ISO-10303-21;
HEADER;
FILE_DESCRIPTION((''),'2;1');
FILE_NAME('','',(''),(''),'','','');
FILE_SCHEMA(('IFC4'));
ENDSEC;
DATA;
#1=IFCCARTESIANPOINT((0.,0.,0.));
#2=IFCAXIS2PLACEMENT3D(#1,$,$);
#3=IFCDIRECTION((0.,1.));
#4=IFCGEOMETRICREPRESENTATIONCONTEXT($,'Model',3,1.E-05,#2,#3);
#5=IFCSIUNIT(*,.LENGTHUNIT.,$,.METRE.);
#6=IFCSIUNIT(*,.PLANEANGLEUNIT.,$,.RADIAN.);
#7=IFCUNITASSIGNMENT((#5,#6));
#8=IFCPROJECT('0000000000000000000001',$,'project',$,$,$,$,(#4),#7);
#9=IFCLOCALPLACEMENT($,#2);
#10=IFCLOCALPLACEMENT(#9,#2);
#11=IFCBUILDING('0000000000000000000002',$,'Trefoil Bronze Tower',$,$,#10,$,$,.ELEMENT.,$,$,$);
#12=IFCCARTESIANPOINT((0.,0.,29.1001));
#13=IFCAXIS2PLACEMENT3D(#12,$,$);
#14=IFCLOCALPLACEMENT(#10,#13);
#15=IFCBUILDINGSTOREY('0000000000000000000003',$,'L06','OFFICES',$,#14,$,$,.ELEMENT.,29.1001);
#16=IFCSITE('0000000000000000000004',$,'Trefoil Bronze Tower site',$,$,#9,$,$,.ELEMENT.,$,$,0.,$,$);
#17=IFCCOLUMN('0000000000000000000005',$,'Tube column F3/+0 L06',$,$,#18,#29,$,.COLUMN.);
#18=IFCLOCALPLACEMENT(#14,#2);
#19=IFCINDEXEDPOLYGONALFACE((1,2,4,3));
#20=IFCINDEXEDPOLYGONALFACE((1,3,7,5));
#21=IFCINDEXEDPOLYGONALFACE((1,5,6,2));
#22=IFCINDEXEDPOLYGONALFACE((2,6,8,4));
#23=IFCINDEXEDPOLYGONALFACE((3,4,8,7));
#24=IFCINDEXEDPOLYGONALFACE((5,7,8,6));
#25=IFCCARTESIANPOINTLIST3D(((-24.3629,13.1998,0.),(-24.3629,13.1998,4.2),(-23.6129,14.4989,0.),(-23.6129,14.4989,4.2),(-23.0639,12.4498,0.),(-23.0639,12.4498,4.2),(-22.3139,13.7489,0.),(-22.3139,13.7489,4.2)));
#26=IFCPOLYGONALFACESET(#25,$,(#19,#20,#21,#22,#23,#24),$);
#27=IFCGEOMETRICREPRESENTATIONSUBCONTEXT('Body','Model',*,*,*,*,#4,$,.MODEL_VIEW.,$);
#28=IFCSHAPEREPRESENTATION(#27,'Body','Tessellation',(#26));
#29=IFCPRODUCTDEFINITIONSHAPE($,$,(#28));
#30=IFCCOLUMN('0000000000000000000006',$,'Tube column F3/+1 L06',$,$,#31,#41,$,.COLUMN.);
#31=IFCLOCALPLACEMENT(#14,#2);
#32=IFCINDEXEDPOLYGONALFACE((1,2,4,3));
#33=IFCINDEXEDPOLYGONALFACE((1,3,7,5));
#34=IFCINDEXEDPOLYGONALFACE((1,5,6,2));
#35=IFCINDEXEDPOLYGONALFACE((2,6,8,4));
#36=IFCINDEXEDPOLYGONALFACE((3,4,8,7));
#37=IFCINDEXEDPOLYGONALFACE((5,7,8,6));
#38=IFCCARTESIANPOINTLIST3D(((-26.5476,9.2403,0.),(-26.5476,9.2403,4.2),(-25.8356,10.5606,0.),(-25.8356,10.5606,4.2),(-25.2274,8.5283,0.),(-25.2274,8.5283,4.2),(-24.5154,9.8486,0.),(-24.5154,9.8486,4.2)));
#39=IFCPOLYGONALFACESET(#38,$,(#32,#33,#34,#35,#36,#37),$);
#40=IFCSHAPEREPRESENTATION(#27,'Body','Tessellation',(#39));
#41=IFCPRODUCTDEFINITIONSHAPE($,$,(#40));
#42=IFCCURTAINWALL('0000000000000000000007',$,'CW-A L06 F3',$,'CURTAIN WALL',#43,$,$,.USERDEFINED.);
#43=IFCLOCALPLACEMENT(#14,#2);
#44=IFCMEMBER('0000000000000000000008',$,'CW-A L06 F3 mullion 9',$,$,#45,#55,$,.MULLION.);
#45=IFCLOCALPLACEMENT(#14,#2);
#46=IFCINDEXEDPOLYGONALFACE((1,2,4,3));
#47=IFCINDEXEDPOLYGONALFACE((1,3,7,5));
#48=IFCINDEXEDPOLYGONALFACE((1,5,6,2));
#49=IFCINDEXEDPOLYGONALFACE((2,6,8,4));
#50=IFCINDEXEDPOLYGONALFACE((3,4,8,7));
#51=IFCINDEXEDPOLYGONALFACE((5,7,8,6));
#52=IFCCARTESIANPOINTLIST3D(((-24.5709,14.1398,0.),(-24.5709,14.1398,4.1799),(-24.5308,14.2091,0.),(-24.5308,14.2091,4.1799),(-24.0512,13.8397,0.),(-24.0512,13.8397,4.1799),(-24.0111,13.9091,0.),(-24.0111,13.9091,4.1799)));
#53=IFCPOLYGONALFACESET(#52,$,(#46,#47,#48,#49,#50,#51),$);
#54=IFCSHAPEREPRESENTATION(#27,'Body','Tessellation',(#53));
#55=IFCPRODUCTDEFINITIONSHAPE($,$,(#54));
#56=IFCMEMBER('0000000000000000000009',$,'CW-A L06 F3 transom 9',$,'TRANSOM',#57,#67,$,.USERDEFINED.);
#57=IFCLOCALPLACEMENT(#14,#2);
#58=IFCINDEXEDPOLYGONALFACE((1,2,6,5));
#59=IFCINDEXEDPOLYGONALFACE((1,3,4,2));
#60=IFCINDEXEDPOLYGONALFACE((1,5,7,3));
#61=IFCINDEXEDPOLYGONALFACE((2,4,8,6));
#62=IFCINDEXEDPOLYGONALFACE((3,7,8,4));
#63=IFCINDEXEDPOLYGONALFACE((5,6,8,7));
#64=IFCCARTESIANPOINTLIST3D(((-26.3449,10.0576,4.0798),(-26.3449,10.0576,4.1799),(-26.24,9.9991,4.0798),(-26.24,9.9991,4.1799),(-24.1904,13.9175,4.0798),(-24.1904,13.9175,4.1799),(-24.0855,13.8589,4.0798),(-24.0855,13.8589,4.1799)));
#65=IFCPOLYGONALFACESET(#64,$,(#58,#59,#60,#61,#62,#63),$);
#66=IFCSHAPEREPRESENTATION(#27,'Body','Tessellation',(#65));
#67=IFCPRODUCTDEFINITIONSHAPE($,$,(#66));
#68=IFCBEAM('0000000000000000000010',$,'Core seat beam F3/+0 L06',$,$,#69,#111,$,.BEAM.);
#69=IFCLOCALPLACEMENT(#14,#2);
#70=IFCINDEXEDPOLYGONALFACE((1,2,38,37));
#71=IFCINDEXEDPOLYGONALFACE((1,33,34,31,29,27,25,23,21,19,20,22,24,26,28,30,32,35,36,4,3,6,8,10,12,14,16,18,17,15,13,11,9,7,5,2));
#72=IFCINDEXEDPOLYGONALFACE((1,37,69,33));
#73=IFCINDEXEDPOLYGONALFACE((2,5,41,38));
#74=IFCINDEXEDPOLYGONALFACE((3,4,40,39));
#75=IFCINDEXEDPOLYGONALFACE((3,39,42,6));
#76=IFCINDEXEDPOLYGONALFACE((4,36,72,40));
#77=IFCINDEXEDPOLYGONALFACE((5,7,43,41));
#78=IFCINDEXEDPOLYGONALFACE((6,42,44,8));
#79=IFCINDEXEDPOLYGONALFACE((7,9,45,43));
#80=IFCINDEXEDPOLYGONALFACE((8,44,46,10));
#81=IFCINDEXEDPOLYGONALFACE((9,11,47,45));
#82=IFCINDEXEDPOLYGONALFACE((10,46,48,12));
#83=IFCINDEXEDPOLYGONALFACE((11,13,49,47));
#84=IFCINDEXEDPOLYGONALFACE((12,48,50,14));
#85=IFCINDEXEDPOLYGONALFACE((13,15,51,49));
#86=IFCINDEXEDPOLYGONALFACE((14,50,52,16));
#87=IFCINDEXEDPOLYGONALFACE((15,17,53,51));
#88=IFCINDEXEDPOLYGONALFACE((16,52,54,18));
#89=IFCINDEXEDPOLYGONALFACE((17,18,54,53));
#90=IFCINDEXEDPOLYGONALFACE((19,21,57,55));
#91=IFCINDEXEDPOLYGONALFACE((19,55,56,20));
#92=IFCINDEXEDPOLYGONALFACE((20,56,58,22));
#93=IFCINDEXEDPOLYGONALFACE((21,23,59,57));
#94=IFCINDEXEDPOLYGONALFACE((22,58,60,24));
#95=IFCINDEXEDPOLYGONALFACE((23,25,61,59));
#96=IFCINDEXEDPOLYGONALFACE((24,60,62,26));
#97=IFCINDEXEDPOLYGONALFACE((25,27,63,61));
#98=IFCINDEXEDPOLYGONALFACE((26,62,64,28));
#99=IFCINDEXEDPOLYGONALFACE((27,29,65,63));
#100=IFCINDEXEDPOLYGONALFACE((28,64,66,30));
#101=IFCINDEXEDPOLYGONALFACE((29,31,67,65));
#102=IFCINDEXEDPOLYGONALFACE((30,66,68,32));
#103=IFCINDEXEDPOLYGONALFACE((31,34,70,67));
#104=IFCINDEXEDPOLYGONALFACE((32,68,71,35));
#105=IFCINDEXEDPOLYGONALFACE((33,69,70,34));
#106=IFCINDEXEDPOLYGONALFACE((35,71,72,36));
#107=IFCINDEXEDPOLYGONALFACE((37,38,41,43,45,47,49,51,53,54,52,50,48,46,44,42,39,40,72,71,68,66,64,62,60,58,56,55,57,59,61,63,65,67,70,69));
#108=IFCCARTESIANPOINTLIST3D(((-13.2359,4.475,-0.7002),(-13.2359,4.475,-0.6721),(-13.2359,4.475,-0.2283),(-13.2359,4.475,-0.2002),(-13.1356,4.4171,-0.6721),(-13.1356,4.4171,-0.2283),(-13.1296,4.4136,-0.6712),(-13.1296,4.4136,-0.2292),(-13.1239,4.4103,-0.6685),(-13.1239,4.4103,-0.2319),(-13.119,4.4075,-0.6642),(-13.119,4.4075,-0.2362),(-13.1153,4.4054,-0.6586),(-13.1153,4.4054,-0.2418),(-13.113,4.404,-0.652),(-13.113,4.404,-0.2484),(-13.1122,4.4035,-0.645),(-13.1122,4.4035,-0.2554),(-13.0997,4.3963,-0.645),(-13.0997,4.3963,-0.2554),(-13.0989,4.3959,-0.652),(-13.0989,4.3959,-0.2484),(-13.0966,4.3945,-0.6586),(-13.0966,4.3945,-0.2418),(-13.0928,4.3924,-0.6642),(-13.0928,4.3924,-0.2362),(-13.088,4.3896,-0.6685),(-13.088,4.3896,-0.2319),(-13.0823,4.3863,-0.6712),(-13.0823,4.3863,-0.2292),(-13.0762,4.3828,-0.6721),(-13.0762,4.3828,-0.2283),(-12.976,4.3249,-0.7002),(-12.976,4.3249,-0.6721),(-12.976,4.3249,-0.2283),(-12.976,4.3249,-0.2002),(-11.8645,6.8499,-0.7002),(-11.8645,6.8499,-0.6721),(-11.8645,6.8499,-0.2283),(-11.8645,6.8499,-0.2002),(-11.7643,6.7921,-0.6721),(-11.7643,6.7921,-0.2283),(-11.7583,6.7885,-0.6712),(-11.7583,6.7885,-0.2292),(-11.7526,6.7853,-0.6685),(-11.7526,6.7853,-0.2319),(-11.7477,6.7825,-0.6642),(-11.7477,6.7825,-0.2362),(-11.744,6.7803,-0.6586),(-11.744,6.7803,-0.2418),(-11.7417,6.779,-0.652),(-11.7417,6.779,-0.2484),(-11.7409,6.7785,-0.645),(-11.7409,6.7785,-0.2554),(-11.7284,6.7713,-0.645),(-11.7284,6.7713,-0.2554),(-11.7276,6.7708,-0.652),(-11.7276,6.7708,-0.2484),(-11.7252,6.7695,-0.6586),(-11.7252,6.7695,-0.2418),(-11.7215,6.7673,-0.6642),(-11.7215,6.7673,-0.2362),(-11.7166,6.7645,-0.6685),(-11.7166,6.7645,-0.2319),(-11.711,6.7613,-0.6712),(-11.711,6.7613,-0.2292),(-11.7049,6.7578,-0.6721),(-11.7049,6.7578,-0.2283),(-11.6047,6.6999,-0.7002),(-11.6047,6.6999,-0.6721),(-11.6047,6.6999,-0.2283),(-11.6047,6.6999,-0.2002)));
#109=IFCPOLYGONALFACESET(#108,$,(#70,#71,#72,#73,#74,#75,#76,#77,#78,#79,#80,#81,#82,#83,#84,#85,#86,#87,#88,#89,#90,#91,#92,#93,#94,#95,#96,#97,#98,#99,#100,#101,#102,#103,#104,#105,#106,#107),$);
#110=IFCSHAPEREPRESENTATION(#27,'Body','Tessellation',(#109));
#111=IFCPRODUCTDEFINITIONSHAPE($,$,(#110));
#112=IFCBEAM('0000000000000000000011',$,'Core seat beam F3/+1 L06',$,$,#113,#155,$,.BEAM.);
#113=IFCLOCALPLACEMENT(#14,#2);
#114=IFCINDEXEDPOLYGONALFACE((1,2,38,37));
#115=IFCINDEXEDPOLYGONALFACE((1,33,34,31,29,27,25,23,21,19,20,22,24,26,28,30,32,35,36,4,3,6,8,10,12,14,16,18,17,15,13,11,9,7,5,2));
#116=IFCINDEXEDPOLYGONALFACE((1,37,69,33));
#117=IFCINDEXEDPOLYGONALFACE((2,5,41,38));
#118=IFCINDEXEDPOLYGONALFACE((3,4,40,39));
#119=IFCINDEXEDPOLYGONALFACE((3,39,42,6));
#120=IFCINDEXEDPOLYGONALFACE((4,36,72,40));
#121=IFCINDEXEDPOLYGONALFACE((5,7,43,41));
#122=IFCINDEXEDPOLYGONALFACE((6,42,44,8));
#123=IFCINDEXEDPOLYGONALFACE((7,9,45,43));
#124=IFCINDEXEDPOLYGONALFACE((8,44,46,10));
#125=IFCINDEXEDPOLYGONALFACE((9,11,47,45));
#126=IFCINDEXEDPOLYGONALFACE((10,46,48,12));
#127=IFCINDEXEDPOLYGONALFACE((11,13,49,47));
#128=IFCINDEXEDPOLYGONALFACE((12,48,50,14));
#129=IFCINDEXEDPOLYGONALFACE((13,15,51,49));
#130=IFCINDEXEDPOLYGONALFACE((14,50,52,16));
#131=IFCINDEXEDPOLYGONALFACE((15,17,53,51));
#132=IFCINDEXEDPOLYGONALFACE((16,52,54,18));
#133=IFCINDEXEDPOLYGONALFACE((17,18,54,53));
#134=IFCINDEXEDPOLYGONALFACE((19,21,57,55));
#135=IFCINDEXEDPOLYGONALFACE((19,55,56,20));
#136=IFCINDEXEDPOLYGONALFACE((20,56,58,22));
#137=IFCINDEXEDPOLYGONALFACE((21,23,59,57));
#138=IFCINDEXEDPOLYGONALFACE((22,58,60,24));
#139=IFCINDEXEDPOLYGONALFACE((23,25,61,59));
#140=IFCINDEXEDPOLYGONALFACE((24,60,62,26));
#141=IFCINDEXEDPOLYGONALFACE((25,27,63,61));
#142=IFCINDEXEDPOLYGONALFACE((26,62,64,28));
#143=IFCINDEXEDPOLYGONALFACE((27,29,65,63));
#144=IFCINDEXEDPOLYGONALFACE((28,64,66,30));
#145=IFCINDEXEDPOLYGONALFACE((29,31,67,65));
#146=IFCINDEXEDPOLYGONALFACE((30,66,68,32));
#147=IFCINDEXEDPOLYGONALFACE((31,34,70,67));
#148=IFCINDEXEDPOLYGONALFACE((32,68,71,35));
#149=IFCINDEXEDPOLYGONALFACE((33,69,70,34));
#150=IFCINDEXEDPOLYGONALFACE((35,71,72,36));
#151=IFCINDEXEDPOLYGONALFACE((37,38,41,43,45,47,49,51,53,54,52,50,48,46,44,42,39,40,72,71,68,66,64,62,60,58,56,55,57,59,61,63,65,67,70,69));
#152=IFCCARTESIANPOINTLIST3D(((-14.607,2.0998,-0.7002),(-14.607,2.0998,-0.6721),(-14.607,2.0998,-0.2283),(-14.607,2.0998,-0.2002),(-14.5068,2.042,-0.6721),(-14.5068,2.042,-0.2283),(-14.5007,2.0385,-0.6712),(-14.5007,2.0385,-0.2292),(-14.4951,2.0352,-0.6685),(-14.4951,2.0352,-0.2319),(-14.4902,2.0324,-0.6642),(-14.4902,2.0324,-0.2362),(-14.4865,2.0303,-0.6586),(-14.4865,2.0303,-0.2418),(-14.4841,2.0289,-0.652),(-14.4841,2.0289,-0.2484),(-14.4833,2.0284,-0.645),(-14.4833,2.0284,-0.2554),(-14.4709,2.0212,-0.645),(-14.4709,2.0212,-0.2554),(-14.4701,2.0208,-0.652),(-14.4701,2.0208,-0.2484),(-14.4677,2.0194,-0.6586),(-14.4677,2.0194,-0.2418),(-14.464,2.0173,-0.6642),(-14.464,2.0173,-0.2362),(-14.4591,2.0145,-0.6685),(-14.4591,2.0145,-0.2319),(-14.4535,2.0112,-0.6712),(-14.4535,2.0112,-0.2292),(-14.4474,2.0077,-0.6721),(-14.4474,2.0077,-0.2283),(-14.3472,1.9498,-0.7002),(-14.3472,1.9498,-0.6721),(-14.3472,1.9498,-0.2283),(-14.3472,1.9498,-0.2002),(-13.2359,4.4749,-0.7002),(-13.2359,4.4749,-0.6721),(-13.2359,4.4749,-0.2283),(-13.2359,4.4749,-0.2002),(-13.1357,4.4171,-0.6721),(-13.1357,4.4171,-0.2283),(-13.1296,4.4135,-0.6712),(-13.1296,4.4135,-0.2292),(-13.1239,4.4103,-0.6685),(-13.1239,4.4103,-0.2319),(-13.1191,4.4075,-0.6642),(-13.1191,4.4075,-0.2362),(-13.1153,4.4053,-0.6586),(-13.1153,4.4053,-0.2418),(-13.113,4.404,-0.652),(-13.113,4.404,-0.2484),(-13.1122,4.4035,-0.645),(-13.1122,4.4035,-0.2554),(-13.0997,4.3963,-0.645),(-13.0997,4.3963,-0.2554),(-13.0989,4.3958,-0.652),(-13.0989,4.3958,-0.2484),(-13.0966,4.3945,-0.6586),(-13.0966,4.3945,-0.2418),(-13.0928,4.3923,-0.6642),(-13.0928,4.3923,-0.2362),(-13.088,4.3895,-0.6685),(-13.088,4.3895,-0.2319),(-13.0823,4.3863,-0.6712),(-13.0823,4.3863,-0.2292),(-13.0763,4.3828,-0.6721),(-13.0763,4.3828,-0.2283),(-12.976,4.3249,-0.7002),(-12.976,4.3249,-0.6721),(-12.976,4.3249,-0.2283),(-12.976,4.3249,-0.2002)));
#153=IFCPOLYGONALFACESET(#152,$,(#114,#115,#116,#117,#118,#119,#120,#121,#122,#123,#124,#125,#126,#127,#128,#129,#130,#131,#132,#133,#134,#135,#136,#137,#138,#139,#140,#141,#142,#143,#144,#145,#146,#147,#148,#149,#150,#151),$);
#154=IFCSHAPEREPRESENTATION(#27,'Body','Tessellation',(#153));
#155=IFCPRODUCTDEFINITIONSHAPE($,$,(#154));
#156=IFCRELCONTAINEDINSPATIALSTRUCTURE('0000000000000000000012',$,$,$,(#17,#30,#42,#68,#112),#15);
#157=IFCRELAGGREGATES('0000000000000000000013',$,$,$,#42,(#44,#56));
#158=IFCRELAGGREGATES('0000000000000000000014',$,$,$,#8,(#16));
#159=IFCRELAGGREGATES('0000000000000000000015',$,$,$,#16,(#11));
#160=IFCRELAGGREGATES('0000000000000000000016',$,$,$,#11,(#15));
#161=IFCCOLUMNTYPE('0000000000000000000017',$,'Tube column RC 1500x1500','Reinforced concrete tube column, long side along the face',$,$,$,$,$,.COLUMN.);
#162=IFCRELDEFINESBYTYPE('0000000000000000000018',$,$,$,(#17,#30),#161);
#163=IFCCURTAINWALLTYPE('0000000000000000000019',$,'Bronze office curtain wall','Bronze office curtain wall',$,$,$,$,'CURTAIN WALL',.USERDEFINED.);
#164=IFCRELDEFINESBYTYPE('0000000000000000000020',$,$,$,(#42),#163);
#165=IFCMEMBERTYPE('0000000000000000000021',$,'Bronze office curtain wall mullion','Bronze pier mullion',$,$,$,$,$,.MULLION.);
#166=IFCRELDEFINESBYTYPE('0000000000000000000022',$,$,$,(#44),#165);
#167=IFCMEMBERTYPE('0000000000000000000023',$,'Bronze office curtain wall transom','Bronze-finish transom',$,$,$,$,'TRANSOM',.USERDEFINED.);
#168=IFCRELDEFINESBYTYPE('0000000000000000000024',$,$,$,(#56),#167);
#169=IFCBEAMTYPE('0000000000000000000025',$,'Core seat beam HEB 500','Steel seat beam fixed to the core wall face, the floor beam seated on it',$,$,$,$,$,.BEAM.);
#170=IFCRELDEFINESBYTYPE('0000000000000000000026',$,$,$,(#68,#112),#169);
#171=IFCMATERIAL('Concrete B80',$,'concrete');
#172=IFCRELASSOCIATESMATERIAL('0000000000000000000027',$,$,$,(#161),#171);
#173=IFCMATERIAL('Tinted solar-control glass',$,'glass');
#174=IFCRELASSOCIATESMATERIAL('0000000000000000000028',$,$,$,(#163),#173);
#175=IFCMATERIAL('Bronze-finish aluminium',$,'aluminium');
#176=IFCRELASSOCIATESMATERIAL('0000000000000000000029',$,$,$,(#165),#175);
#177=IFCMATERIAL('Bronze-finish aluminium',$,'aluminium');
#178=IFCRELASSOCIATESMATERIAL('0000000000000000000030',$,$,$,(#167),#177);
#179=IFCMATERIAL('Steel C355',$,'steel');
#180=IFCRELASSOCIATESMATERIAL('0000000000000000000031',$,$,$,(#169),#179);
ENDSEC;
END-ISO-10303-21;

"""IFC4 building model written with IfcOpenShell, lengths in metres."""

from ifc_helpers import new_model, si_unit, direction, frame, origin, origin_2d, place, context, subcontext, project, spatial, rectangle, i_section, extrude, material, material_profile, profile_set, type_object, element, aggregate, save


model = new_model("IFC4")

# Units and contexts
model_context = context("Model", 3, precision=1e-05, world=origin(), true_north=direction((0.0, 1.0)))
body_context = subcontext(model_context, "Body", "Model", "MODEL_VIEW")
ifc_project = project(units=[si_unit("LENGTHUNIT", "METRE"), si_unit("PLANEANGLEUNIT", "RADIAN")], contexts=[model_context])

# Site, building, storey
site_placement = place(None, origin())
site = spatial("IfcSite", under=ifc_project, at=site_placement, Name="Trefoil Bronze Tower site", CompositionType="ELEMENT", RefElevation=0.0)
building_placement = place(site_placement, origin())
building = spatial("IfcBuilding", under=site, at=building_placement, Name="Trefoil Bronze Tower", CompositionType="ELEMENT")
storey_placement = place(building_placement, frame((0.0, 0.0, 29.1001)))
storey = spatial("IfcBuildingStorey", under=building, at=storey_placement, Name="L06", Description="OFFICES", CompositionType="ELEMENT", Elevation=29.1001)

# Columns
ifc_material_1 = material(Name="Concrete B80", Category="concrete")
ifc_material_profile_1 = material_profile(ifc_material_1, rectangle(XDim=1.5, YDim=1.5, at=origin_2d()), Name="RC 1500x1500")
ifc_profile_set_1 = profile_set([ifc_material_profile_1], Name="Concrete B80")
column_type = type_object("IfcColumnType", Name="Tube column RC 1500x1500", Description="Reinforced concrete tube column, long side along the face", PredefinedType="COLUMN", material=ifc_profile_set_1)
for number, where, z_axis, x_axis, name in (
    (1, (-23.3384, 13.4744, 0.0), (0.0, 0.0, 1.0), (-0.5, -0.866025, 0.0), "Tube column F3/+0 L06"),
    (2, (-25.5315, 9.5444, 0.0), (0.0, 0.0, 1.0), (-0.474656, -0.880171, 0.0), "Tube column F3/+1 L06"),
):
    element("IfcColumn", number, at=place(storey_placement, frame(where, z_axis=z_axis, x_axis=x_axis)), inside=storey, type_object=column_type, Name=name, PredefinedType="COLUMN", context=body_context, shape_type="SweptSolid", body=[
        extrude(rectangle(XDim=1.5, YDim=1.5, at=origin_2d()), origin(), (0.0, 0.0, 1.0), 4.2),
    ])

# Curtain wall, members
ifc_material_2 = material(Name="Tinted solar-control glass", Category="glass")
curtain_wall_type = type_object("IfcCurtainWallType", Name="Bronze office curtain wall", Description="Bronze office curtain wall", ElementType="CURTAIN WALL", PredefinedType="USERDEFINED", material=ifc_material_2)
curtain_wall_placement = place(storey_placement, origin())
curtain_wall = element("IfcCurtainWall", 3, at=curtain_wall_placement, inside=storey, type_object=curtain_wall_type, Name="CW-A L06 F3", ObjectType="CURTAIN WALL", PredefinedType="USERDEFINED")
ifc_material_3 = material(Name="Bronze-finish aluminium", Category="aluminium")
ifc_material_profile_2 = material_profile(ifc_material_3, rectangle(XDim=0.6001, YDim=0.0801, at=origin_2d()), Name="CW-A mullion")
ifc_profile_set_2 = profile_set([ifc_material_profile_2], Name="Bronze-finish aluminium")
member_type_1 = type_object("IfcMemberType", Name="Bronze office curtain wall mullion", Description="Bronze pier mullion", PredefinedType="MULLION", material=ifc_profile_set_2)
member_1_placement = place(storey_placement, frame((-24.291, 14.0244, 0.0), z_axis=(0.0, 0.0, 1.0), x_axis=(0.866025, -0.5, 0.0)))
member_1 = element("IfcMember", 4, at=member_1_placement, type_object=member_type_1, Name="CW-A L06 F3 mullion 9", PredefinedType="MULLION", context=body_context, shape_type="SweptSolid", body=[
    extrude(rectangle(XDim=0.6001, YDim=0.0801, at=origin_2d()), origin(), (0.0, 0.0, 1.0), 4.1799),
])
ifc_material_4 = material(Name="Bronze-finish aluminium", Category="aluminium")
ifc_material_profile_3 = material_profile(ifc_material_4, rectangle(XDim=0.1201, YDim=0.1001, at=origin_2d()), Name="CW-A transom")
ifc_profile_set_3 = profile_set([ifc_material_profile_3], Name="Bronze-finish aluminium")
member_type_2 = type_object("IfcMemberType", Name="Bronze office curtain wall transom", Description="Bronze-finish transom", ElementType="TRANSOM", PredefinedType="USERDEFINED", material=ifc_profile_set_3)
member_2_placement = place(storey_placement, frame((-24.1379, 13.8882, 4.1299), z_axis=(-0.4874, -0.873179, 0.0), x_axis=(0.873179, -0.4874, 0.0)))
member_2 = element("IfcMember", 5, at=member_2_placement, type_object=member_type_2, Name="CW-A L06 F3 transom 9", ObjectType="TRANSOM", PredefinedType="USERDEFINED", context=body_context, shape_type="SweptSolid", body=[
    extrude(rectangle(XDim=0.1201, YDim=0.1001, at=origin_2d()), origin(), (0.0, 0.0, 1.0), 4.4204),
])

# Beams
ifc_material_5 = material(Name="Steel C355", Category="steel")
ifc_material_profile_4 = material_profile(ifc_material_5, i_section(OverallWidth=0.3, OverallDepth=0.5, WebThickness=0.0144, FlangeThickness=0.0281, FilletRadius=0.0271, at=origin_2d()), Name="HEB 500")
ifc_profile_set_4 = profile_set([ifc_material_profile_4], Name="Steel C355")
beam_type_1 = type_object("IfcBeamType", Name="Core seat beam HEB 500", Description="Steel seat beam fixed to the core wall face, the floor beam seated on it", PredefinedType="BEAM", material=ifc_profile_set_4)
for number, where, z_axis, x_axis, name in (
    (6, (-11.7346, 6.7749, -0.4502), (-0.500036, -0.866005, 0.0), (0.866005, -0.500036, 0.0), "Core seat beam F3/+0 L06"),
    (7, (-13.106, 4.3999, -0.4502), (-0.499969, -0.866043, 0.0), (0.866043, -0.499969, 0.0), "Core seat beam F3/+1 L06"),
):
    element("IfcBeam", number, at=place(storey_placement, frame(where, z_axis=z_axis, x_axis=x_axis)), inside=storey, type_object=beam_type_1, Name=name, PredefinedType="BEAM", context=body_context, shape_type="SweptSolid", body=[
        extrude(i_section(OverallWidth=0.3, OverallDepth=0.5, WebThickness=0.0144, FlangeThickness=0.0281, FilletRadius=0.0271, at=origin_2d()), origin(), (0.0, 0.0, 1.0), 2.7424),
    ])

aggregate(curtain_wall, [member_1, member_2])

save(model, "model.ifc")
